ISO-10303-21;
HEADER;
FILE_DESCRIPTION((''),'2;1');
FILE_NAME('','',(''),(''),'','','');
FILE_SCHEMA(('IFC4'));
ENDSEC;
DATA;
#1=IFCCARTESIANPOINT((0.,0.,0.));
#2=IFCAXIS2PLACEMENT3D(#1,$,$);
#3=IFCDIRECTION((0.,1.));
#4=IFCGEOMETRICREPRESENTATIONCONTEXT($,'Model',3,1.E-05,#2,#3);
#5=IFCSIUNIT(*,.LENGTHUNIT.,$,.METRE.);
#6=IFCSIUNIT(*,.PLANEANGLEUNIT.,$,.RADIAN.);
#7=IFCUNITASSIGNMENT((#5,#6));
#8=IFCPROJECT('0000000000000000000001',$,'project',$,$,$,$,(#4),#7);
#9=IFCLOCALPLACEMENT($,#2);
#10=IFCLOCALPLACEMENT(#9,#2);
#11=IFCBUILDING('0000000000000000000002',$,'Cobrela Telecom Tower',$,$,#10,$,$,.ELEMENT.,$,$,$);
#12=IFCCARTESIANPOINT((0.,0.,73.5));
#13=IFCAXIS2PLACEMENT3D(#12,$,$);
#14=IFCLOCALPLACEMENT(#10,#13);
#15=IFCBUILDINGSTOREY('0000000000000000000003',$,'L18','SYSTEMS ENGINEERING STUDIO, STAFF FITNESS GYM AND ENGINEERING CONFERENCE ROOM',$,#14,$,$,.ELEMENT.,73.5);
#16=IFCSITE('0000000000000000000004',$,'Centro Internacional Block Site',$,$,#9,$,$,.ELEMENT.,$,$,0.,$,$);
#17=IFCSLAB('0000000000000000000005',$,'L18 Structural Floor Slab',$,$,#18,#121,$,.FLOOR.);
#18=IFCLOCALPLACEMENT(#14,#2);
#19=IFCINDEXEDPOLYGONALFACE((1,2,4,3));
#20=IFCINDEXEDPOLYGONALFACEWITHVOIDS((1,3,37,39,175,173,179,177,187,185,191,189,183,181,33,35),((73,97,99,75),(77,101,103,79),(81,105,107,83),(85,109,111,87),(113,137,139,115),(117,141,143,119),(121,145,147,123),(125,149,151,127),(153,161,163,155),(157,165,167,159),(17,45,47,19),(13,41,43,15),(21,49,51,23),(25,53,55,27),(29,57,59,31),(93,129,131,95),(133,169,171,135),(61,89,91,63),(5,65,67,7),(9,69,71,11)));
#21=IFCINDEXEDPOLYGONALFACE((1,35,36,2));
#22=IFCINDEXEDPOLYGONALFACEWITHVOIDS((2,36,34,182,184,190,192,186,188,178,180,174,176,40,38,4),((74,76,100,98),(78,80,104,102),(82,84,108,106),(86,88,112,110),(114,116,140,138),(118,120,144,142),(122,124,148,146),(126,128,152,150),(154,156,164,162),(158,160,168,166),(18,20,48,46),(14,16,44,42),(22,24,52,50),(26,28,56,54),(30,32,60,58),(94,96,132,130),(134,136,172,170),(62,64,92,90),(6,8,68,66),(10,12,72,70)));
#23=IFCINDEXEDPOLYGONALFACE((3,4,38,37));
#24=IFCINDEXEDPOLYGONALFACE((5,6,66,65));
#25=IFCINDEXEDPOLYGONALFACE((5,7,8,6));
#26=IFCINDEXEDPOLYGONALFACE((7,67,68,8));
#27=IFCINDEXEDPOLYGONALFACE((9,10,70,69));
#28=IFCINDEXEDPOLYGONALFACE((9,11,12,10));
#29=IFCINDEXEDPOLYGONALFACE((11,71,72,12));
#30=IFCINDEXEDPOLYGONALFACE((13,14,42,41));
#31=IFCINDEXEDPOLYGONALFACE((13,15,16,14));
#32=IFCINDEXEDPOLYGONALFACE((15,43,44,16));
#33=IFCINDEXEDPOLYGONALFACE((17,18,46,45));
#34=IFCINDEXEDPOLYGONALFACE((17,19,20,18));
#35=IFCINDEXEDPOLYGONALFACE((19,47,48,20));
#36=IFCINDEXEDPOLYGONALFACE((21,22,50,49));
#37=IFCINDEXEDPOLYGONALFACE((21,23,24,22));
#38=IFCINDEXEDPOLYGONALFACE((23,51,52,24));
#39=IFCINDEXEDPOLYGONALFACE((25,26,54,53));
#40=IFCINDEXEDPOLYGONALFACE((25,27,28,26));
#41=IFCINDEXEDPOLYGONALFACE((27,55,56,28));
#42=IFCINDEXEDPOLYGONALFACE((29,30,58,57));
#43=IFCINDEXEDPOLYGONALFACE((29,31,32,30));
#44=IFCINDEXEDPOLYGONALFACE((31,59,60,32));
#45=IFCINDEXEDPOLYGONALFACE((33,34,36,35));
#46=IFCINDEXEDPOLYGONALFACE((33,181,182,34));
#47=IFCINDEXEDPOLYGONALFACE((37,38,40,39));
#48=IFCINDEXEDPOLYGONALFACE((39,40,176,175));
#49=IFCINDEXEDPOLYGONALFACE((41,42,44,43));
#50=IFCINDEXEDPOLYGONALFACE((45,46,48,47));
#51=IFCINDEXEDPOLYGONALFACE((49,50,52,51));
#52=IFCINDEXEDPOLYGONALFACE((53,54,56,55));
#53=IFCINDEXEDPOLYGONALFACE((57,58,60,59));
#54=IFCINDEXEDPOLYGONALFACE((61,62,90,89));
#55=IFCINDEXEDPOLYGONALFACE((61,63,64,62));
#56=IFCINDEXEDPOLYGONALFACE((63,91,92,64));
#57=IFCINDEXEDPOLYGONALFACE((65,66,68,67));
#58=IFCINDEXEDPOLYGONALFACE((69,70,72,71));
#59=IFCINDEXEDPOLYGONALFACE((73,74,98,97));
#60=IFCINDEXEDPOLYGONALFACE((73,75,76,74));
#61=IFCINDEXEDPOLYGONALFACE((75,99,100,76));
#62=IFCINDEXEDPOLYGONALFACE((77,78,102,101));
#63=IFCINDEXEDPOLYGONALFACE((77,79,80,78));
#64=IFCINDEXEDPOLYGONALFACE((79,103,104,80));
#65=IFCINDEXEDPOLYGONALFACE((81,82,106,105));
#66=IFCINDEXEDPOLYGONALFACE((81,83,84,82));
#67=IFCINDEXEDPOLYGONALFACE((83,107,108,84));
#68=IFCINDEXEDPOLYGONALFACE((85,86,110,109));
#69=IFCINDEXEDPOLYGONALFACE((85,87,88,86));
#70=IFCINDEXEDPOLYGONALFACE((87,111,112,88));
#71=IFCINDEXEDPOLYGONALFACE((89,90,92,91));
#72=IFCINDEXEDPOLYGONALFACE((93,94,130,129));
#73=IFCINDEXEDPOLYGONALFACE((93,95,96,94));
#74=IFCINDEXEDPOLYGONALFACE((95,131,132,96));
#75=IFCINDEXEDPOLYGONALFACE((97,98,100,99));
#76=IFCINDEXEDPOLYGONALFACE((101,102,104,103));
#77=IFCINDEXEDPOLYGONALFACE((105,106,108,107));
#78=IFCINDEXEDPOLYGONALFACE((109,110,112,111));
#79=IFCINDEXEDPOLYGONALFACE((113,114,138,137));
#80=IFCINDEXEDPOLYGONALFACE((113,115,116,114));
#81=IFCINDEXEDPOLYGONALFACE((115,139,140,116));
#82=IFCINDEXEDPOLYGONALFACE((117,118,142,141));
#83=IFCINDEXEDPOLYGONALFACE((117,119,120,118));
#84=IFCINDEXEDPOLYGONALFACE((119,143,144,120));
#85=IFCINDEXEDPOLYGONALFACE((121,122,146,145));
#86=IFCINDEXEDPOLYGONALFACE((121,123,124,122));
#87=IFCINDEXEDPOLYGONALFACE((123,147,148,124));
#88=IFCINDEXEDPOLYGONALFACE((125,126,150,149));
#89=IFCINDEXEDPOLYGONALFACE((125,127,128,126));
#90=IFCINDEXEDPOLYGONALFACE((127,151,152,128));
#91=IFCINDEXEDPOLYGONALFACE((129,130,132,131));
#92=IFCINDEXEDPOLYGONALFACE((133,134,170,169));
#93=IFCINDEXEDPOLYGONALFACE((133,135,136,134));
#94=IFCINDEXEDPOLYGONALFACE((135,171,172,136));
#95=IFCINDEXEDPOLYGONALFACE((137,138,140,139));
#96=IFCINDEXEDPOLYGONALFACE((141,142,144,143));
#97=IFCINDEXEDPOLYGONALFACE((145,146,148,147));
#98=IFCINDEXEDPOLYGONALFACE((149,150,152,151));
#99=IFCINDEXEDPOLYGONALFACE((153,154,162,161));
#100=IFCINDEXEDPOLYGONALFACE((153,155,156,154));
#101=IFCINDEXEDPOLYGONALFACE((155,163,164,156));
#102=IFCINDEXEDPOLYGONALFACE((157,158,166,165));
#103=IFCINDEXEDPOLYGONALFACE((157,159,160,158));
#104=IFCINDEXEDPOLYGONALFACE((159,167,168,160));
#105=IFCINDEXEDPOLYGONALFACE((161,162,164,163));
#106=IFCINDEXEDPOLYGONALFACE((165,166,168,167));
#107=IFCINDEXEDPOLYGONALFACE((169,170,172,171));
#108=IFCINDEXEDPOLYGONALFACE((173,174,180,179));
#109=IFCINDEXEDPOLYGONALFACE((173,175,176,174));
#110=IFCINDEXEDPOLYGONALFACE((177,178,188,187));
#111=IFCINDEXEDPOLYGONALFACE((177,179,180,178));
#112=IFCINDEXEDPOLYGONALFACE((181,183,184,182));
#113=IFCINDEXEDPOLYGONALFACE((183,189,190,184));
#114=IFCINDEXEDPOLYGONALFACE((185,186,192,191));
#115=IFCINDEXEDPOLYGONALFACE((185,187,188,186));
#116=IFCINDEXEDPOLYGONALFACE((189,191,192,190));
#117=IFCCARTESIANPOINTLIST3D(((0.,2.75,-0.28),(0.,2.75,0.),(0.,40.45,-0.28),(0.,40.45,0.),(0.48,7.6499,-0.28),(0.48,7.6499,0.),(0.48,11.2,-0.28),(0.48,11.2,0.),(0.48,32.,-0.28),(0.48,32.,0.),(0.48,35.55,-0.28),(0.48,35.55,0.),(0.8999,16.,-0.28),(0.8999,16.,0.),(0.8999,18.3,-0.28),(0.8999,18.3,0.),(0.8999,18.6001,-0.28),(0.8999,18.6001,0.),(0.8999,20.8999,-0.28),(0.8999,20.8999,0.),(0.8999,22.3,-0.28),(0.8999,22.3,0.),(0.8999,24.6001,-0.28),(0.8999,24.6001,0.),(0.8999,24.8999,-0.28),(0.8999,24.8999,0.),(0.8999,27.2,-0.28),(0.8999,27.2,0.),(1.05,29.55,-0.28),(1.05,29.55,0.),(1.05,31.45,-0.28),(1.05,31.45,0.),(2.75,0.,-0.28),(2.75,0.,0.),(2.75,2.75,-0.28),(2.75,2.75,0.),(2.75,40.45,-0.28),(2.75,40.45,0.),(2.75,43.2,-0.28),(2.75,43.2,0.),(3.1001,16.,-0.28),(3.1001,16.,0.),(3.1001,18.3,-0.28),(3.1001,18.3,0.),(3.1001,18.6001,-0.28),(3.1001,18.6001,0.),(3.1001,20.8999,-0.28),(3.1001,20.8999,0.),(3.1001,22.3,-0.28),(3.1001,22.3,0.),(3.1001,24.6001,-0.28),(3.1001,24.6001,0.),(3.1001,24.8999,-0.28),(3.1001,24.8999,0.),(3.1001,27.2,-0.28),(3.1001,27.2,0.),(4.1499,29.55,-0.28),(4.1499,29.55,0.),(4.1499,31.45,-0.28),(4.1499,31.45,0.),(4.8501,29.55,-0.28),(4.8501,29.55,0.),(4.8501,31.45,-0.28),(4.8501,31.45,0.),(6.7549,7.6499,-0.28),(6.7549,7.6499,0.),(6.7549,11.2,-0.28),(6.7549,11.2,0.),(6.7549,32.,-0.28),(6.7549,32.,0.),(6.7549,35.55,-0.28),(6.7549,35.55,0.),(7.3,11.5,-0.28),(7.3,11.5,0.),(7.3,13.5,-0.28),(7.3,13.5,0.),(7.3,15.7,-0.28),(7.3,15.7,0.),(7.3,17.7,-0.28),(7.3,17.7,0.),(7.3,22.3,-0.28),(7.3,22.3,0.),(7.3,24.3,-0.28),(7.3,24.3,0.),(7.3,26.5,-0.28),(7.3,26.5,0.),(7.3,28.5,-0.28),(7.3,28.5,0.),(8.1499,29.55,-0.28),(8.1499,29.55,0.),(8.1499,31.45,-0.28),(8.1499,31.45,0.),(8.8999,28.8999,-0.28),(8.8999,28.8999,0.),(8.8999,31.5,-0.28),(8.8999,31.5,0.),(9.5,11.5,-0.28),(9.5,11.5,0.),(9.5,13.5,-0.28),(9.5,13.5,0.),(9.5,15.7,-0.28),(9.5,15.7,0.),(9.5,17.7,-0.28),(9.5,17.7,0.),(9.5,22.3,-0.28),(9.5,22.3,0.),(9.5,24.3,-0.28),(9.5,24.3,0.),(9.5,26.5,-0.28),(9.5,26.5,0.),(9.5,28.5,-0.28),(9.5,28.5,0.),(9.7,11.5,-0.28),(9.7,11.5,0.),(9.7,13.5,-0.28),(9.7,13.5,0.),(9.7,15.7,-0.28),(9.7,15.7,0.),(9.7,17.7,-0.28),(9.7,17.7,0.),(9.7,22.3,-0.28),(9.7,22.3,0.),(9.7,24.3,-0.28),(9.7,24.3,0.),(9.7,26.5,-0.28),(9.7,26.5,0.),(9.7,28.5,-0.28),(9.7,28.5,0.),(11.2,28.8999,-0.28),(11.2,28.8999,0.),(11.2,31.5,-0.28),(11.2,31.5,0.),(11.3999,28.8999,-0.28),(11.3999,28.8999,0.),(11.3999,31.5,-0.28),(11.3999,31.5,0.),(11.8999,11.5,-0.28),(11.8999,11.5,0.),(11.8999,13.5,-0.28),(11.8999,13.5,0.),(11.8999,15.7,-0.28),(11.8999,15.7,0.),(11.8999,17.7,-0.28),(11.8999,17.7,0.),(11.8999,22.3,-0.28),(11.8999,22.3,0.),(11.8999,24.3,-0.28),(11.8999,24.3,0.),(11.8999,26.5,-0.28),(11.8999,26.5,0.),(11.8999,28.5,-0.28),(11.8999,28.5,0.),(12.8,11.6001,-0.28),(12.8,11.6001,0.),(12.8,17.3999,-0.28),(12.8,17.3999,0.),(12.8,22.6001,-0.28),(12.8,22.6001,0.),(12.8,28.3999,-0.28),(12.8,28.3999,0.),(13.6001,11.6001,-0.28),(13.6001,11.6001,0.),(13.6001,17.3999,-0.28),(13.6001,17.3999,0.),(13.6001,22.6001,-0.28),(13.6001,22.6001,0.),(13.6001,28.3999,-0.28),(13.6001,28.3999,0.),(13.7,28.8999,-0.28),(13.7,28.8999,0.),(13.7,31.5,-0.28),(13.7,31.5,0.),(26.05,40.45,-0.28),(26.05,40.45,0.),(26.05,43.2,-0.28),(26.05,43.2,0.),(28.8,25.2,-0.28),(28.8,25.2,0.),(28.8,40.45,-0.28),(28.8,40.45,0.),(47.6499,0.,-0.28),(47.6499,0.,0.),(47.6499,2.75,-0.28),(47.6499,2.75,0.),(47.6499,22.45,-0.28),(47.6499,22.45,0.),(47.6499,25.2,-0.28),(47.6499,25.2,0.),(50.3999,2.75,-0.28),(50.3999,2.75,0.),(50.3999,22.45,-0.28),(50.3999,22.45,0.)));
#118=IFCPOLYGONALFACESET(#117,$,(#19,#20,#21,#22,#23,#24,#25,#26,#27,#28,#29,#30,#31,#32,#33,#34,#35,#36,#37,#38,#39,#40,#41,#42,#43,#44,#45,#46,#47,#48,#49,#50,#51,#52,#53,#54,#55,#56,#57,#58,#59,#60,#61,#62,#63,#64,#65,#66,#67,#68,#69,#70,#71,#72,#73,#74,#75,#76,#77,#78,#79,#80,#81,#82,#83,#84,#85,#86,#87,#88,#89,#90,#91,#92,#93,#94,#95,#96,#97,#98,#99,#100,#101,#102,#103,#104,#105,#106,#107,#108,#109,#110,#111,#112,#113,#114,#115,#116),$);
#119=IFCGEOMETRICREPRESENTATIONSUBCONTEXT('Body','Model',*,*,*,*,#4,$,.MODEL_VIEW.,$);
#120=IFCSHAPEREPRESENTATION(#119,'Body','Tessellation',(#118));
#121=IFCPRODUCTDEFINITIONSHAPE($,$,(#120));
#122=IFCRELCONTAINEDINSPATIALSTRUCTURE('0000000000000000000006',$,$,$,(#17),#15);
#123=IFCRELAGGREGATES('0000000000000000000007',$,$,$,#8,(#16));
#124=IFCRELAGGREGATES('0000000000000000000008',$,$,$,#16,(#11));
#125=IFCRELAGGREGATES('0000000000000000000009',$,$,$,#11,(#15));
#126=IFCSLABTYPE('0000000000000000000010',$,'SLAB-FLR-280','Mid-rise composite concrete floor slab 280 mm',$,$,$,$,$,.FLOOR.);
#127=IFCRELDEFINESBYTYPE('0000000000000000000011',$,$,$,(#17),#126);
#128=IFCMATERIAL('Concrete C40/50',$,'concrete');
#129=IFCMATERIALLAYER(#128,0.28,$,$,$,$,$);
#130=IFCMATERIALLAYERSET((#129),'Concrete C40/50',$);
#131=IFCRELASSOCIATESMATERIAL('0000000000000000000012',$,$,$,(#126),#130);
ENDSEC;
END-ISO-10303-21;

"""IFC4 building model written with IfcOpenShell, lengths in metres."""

from ifc_helpers import new_model, si_unit, direction, frame, origin, place, context, subcontext, project, spatial, polyline, outline, extrude, material, layer, layer_set, type_object, element, save


model = new_model("IFC4")

# Units and contexts
model_context = context("Model", 3, precision=1e-05, world=origin(), true_north=direction((0.0, 1.0)))
body_context = subcontext(model_context, "Body", "Model", "MODEL_VIEW")
ifc_project = project(units=[si_unit("LENGTHUNIT", "METRE"), si_unit("PLANEANGLEUNIT", "RADIAN")], contexts=[model_context])

# Site, building, storey
site_placement = place(None, origin())
site = spatial("IfcSite", under=ifc_project, at=site_placement, Name="Centro Internacional Block Site", CompositionType="ELEMENT", RefElevation=0.0)
building_placement = place(site_placement, origin())
building = spatial("IfcBuilding", under=site, at=building_placement, Name="Cobrela Telecom Tower", CompositionType="ELEMENT")
storey_placement = place(building_placement, frame((0.0, 0.0, 73.5)))
storey = spatial("IfcBuildingStorey", under=building, at=storey_placement, Name="L18", Description="SYSTEMS ENGINEERING STUDIO, STAFF FITNESS GYM AND ENGINEERING CONFERENCE ROOM", CompositionType="ELEMENT", Elevation=73.5)

# Slab, openings
ifc_material_1 = material(Name="Concrete C40/50", Category="concrete")
ifc_layer_1 = layer(ifc_material_1, 0.28)
ifc_layer_set_1 = layer_set([ifc_layer_1], Name="Concrete C40/50")
slab_type_1 = type_object("IfcSlabType", Name="SLAB-FLR-280", Description="Mid-rise composite concrete floor slab 280 mm", PredefinedType="FLOOR", material=ifc_layer_set_1)
slab_1_placement = place(storey_placement, frame((0.0, 0.0, -0.28)))
slab_1 = element("IfcSlab", 1, at=slab_1_placement, inside=storey, type_object=slab_type_1, Name="L18 Structural Floor Slab", PredefinedType="FLOOR", context=body_context, shape_type="SweptSolid", body=[
    extrude(outline(polyline([(2.75, 0.0), (47.6499, 0.0), (47.6499, 2.75), (50.3999, 2.75), (50.3999, 22.45), (47.6499, 22.45), (47.6499, 25.2), (28.8, 25.2), (28.8, 40.45), (26.05, 40.45), (26.05, 43.2), (2.75, 43.2), (2.75, 40.45), (0.0, 40.45), (0.0, 2.75), (2.75, 2.75), (2.75, 0.0)])), origin(), (0.0, 0.0, 1.0), 0.28),
])
opening_1_placement = place(slab_1_placement, frame((0.0, 0.0, -0.02)))
element("IfcOpeningElement", 2, at=opening_1_placement, cuts=slab_1, PredefinedType="OPENING", context=body_context, shape_type="SweptSolid", body=[
    extrude(outline(polyline([(8.8999, 28.8999), (11.2, 28.8999), (11.2, 31.5), (8.8999, 31.5), (8.8999, 28.8999)])), origin(), (0.0, 0.0, 1.0), 0.3201),
])
opening_2_placement = place(slab_1_placement, frame((0.0, 0.0, -0.02)))
element("IfcOpeningElement", 3, at=opening_2_placement, cuts=slab_1, PredefinedType="OPENING", context=body_context, shape_type="SweptSolid", body=[
    extrude(outline(polyline([(11.3999, 28.8999), (13.7, 28.8999), (13.7, 31.5), (11.3999, 31.5), (11.3999, 28.8999)])), origin(), (0.0, 0.0, 1.0), 0.3201),
])
opening_3_placement = place(slab_1_placement, frame((0.0, 0.0, -0.02)))
element("IfcOpeningElement", 4, at=opening_3_placement, cuts=slab_1, PredefinedType="OPENING", context=body_context, shape_type="SweptSolid", body=[
    extrude(outline(polyline([(7.3, 22.3), (9.5, 22.3), (9.5, 24.3), (7.3, 24.3), (7.3, 22.3)])), origin(), (0.0, 0.0, 1.0), 0.3201),
])
opening_4_placement = place(slab_1_placement, frame((0.0, 0.0, -0.02)))
element("IfcOpeningElement", 5, at=opening_4_placement, cuts=slab_1, PredefinedType="OPENING", context=body_context, shape_type="SweptSolid", body=[
    extrude(outline(polyline([(9.7, 22.3), (11.8999, 22.3), (11.8999, 24.3), (9.7, 24.3), (9.7, 22.3)])), origin(), (0.0, 0.0, 1.0), 0.3201),
])
opening_5_placement = place(slab_1_placement, frame((0.0, 0.0, -0.02)))
element("IfcOpeningElement", 6, at=opening_5_placement, cuts=slab_1, PredefinedType="OPENING", context=body_context, shape_type="SweptSolid", body=[
    extrude(outline(polyline([(7.3, 26.5), (9.5, 26.5), (9.5, 28.5), (7.3, 28.5), (7.3, 26.5)])), origin(), (0.0, 0.0, 1.0), 0.3201),
])
opening_6_placement = place(slab_1_placement, frame((0.0, 0.0, -0.02)))
element("IfcOpeningElement", 7, at=opening_6_placement, cuts=slab_1, PredefinedType="OPENING", context=body_context, shape_type="SweptSolid", body=[
    extrude(outline(polyline([(9.7, 26.5), (11.8999, 26.5), (11.8999, 28.5), (9.7, 28.5), (9.7, 26.5)])), origin(), (0.0, 0.0, 1.0), 0.3201),
])
opening_7_placement = place(slab_1_placement, frame((0.0, 0.0, -0.02)))
element("IfcOpeningElement", 8, at=opening_7_placement, cuts=slab_1, PredefinedType="OPENING", context=body_context, shape_type="SweptSolid", body=[
    extrude(outline(polyline([(7.3, 15.7), (9.5, 15.7), (9.5, 17.7), (7.3, 17.7), (7.3, 15.7)])), origin(), (0.0, 0.0, 1.0), 0.3201),
])
opening_8_placement = place(slab_1_placement, frame((0.0, 0.0, -0.02)))
element("IfcOpeningElement", 9, at=opening_8_placement, cuts=slab_1, PredefinedType="OPENING", context=body_context, shape_type="SweptSolid", body=[
    extrude(outline(polyline([(9.7, 15.7), (11.8999, 15.7), (11.8999, 17.7), (9.7, 17.7), (9.7, 15.7)])), origin(), (0.0, 0.0, 1.0), 0.3201),
])
opening_9_placement = place(slab_1_placement, frame((0.0, 0.0, -0.02)))
element("IfcOpeningElement", 10, at=opening_9_placement, cuts=slab_1, PredefinedType="OPENING", context=body_context, shape_type="SweptSolid", body=[
    extrude(outline(polyline([(7.3, 11.5), (9.5, 11.5), (9.5, 13.5), (7.3, 13.5), (7.3, 11.5)])), origin(), (0.0, 0.0, 1.0), 0.3201),
])
opening_10_placement = place(slab_1_placement, frame((0.0, 0.0, -0.02)))
element("IfcOpeningElement", 11, at=opening_10_placement, cuts=slab_1, PredefinedType="OPENING", context=body_context, shape_type="SweptSolid", body=[
    extrude(outline(polyline([(9.7, 11.5), (11.8999, 11.5), (11.8999, 13.5), (9.7, 13.5), (9.7, 11.5)])), origin(), (0.0, 0.0, 1.0), 0.3201),
])
opening_11_placement = place(slab_1_placement, frame((0.0, 0.0, -0.02)))
element("IfcOpeningElement", 12, at=opening_11_placement, cuts=slab_1, PredefinedType="OPENING", context=body_context, shape_type="SweptSolid", body=[
    extrude(outline(polyline([(0.8999, 16.0), (3.1001, 16.0), (3.1001, 18.3), (0.8999, 18.3), (0.8999, 16.0)])), origin(), (0.0, 0.0, 1.0), 0.3201),
])
opening_12_placement = place(slab_1_placement, frame((0.0, 0.0, -0.02)))
element("IfcOpeningElement", 13, at=opening_12_placement, cuts=slab_1, PredefinedType="OPENING", context=body_context, shape_type="SweptSolid", body=[
    extrude(outline(polyline([(0.8999, 18.6001), (3.1001, 18.6001), (3.1001, 20.8999), (0.8999, 20.8999), (0.8999, 18.6001)])), origin(), (0.0, 0.0, 1.0), 0.3201),
])
opening_13_placement = place(slab_1_placement, frame((0.0, 0.0, -0.02)))
element("IfcOpeningElement", 14, at=opening_13_placement, cuts=slab_1, PredefinedType="OPENING", context=body_context, shape_type="SweptSolid", body=[
    extrude(outline(polyline([(0.8999, 22.3), (3.1001, 22.3), (3.1001, 24.6001), (0.8999, 24.6001), (0.8999, 22.3)])), origin(), (0.0, 0.0, 1.0), 0.3201),
])
opening_14_placement = place(slab_1_placement, frame((0.0, 0.0, -0.02)))
element("IfcOpeningElement", 15, at=opening_14_placement, cuts=slab_1, PredefinedType="OPENING", context=body_context, shape_type="SweptSolid", body=[
    extrude(outline(polyline([(0.8999, 24.8999), (3.1001, 24.8999), (3.1001, 27.2), (0.8999, 27.2), (0.8999, 24.8999)])), origin(), (0.0, 0.0, 1.0), 0.3201),
])
opening_15_placement = place(slab_1_placement, frame((0.0, 0.0, -0.02)))
element("IfcOpeningElement", 16, at=opening_15_placement, cuts=slab_1, PredefinedType="OPENING", context=body_context, shape_type="SweptSolid", body=[
    extrude(outline(polyline([(1.05, 29.55), (4.1499, 29.55), (4.1499, 31.45), (1.05, 31.45), (1.05, 29.55)])), origin(), (0.0, 0.0, 1.0), 0.3201),
])
opening_16_placement = place(slab_1_placement, frame((0.0, 0.0, -0.02)))
element("IfcOpeningElement", 17, at=opening_16_placement, cuts=slab_1, PredefinedType="OPENING", context=body_context, shape_type="SweptSolid", body=[
    extrude(outline(polyline([(4.8501, 29.55), (8.1499, 29.55), (8.1499, 31.45), (4.8501, 31.45), (4.8501, 29.55)])), origin(), (0.0, 0.0, 1.0), 0.3201),
])
opening_17_placement = place(slab_1_placement, frame((0.0, 0.0, -0.02)))
element("IfcOpeningElement", 18, at=opening_17_placement, cuts=slab_1, PredefinedType="OPENING", context=body_context, shape_type="SweptSolid", body=[
    extrude(outline(polyline([(12.8, 22.6001), (13.6001, 22.6001), (13.6001, 28.3999), (12.8, 28.3999), (12.8, 22.6001)])), origin(), (0.0, 0.0, 1.0), 0.3201),
])
opening_18_placement = place(slab_1_placement, frame((0.0, 0.0, -0.02)))
element("IfcOpeningElement", 19, at=opening_18_placement, cuts=slab_1, PredefinedType="OPENING", context=body_context, shape_type="SweptSolid", body=[
    extrude(outline(polyline([(12.8, 11.6001), (13.6001, 11.6001), (13.6001, 17.3999), (12.8, 17.3999), (12.8, 11.6001)])), origin(), (0.0, 0.0, 1.0), 0.3201),
])
opening_19_placement = place(slab_1_placement, frame((0.0, 0.0, -0.02)))
element("IfcOpeningElement", 20, at=opening_19_placement, cuts=slab_1, PredefinedType="OPENING", context=body_context, shape_type="SweptSolid", body=[
    extrude(outline(polyline([(6.7549, 35.55), (0.48, 35.55), (0.48, 32.0), (6.7549, 32.0), (6.7549, 35.55)])), origin(), (0.0, 0.0, 1.0), 0.3201),
])
opening_20_placement = place(slab_1_placement, frame((0.0, 0.0, -0.02)))
element("IfcOpeningElement", 21, at=opening_20_placement, cuts=slab_1, PredefinedType="OPENING", context=body_context, shape_type="SweptSolid", body=[
    extrude(outline(polyline([(6.7549, 11.2), (0.48, 11.2), (0.48, 7.6499), (6.7549, 7.6499), (6.7549, 11.2)])), origin(), (0.0, 0.0, 1.0), 0.3201),
])

save(model, "model.ifc")
